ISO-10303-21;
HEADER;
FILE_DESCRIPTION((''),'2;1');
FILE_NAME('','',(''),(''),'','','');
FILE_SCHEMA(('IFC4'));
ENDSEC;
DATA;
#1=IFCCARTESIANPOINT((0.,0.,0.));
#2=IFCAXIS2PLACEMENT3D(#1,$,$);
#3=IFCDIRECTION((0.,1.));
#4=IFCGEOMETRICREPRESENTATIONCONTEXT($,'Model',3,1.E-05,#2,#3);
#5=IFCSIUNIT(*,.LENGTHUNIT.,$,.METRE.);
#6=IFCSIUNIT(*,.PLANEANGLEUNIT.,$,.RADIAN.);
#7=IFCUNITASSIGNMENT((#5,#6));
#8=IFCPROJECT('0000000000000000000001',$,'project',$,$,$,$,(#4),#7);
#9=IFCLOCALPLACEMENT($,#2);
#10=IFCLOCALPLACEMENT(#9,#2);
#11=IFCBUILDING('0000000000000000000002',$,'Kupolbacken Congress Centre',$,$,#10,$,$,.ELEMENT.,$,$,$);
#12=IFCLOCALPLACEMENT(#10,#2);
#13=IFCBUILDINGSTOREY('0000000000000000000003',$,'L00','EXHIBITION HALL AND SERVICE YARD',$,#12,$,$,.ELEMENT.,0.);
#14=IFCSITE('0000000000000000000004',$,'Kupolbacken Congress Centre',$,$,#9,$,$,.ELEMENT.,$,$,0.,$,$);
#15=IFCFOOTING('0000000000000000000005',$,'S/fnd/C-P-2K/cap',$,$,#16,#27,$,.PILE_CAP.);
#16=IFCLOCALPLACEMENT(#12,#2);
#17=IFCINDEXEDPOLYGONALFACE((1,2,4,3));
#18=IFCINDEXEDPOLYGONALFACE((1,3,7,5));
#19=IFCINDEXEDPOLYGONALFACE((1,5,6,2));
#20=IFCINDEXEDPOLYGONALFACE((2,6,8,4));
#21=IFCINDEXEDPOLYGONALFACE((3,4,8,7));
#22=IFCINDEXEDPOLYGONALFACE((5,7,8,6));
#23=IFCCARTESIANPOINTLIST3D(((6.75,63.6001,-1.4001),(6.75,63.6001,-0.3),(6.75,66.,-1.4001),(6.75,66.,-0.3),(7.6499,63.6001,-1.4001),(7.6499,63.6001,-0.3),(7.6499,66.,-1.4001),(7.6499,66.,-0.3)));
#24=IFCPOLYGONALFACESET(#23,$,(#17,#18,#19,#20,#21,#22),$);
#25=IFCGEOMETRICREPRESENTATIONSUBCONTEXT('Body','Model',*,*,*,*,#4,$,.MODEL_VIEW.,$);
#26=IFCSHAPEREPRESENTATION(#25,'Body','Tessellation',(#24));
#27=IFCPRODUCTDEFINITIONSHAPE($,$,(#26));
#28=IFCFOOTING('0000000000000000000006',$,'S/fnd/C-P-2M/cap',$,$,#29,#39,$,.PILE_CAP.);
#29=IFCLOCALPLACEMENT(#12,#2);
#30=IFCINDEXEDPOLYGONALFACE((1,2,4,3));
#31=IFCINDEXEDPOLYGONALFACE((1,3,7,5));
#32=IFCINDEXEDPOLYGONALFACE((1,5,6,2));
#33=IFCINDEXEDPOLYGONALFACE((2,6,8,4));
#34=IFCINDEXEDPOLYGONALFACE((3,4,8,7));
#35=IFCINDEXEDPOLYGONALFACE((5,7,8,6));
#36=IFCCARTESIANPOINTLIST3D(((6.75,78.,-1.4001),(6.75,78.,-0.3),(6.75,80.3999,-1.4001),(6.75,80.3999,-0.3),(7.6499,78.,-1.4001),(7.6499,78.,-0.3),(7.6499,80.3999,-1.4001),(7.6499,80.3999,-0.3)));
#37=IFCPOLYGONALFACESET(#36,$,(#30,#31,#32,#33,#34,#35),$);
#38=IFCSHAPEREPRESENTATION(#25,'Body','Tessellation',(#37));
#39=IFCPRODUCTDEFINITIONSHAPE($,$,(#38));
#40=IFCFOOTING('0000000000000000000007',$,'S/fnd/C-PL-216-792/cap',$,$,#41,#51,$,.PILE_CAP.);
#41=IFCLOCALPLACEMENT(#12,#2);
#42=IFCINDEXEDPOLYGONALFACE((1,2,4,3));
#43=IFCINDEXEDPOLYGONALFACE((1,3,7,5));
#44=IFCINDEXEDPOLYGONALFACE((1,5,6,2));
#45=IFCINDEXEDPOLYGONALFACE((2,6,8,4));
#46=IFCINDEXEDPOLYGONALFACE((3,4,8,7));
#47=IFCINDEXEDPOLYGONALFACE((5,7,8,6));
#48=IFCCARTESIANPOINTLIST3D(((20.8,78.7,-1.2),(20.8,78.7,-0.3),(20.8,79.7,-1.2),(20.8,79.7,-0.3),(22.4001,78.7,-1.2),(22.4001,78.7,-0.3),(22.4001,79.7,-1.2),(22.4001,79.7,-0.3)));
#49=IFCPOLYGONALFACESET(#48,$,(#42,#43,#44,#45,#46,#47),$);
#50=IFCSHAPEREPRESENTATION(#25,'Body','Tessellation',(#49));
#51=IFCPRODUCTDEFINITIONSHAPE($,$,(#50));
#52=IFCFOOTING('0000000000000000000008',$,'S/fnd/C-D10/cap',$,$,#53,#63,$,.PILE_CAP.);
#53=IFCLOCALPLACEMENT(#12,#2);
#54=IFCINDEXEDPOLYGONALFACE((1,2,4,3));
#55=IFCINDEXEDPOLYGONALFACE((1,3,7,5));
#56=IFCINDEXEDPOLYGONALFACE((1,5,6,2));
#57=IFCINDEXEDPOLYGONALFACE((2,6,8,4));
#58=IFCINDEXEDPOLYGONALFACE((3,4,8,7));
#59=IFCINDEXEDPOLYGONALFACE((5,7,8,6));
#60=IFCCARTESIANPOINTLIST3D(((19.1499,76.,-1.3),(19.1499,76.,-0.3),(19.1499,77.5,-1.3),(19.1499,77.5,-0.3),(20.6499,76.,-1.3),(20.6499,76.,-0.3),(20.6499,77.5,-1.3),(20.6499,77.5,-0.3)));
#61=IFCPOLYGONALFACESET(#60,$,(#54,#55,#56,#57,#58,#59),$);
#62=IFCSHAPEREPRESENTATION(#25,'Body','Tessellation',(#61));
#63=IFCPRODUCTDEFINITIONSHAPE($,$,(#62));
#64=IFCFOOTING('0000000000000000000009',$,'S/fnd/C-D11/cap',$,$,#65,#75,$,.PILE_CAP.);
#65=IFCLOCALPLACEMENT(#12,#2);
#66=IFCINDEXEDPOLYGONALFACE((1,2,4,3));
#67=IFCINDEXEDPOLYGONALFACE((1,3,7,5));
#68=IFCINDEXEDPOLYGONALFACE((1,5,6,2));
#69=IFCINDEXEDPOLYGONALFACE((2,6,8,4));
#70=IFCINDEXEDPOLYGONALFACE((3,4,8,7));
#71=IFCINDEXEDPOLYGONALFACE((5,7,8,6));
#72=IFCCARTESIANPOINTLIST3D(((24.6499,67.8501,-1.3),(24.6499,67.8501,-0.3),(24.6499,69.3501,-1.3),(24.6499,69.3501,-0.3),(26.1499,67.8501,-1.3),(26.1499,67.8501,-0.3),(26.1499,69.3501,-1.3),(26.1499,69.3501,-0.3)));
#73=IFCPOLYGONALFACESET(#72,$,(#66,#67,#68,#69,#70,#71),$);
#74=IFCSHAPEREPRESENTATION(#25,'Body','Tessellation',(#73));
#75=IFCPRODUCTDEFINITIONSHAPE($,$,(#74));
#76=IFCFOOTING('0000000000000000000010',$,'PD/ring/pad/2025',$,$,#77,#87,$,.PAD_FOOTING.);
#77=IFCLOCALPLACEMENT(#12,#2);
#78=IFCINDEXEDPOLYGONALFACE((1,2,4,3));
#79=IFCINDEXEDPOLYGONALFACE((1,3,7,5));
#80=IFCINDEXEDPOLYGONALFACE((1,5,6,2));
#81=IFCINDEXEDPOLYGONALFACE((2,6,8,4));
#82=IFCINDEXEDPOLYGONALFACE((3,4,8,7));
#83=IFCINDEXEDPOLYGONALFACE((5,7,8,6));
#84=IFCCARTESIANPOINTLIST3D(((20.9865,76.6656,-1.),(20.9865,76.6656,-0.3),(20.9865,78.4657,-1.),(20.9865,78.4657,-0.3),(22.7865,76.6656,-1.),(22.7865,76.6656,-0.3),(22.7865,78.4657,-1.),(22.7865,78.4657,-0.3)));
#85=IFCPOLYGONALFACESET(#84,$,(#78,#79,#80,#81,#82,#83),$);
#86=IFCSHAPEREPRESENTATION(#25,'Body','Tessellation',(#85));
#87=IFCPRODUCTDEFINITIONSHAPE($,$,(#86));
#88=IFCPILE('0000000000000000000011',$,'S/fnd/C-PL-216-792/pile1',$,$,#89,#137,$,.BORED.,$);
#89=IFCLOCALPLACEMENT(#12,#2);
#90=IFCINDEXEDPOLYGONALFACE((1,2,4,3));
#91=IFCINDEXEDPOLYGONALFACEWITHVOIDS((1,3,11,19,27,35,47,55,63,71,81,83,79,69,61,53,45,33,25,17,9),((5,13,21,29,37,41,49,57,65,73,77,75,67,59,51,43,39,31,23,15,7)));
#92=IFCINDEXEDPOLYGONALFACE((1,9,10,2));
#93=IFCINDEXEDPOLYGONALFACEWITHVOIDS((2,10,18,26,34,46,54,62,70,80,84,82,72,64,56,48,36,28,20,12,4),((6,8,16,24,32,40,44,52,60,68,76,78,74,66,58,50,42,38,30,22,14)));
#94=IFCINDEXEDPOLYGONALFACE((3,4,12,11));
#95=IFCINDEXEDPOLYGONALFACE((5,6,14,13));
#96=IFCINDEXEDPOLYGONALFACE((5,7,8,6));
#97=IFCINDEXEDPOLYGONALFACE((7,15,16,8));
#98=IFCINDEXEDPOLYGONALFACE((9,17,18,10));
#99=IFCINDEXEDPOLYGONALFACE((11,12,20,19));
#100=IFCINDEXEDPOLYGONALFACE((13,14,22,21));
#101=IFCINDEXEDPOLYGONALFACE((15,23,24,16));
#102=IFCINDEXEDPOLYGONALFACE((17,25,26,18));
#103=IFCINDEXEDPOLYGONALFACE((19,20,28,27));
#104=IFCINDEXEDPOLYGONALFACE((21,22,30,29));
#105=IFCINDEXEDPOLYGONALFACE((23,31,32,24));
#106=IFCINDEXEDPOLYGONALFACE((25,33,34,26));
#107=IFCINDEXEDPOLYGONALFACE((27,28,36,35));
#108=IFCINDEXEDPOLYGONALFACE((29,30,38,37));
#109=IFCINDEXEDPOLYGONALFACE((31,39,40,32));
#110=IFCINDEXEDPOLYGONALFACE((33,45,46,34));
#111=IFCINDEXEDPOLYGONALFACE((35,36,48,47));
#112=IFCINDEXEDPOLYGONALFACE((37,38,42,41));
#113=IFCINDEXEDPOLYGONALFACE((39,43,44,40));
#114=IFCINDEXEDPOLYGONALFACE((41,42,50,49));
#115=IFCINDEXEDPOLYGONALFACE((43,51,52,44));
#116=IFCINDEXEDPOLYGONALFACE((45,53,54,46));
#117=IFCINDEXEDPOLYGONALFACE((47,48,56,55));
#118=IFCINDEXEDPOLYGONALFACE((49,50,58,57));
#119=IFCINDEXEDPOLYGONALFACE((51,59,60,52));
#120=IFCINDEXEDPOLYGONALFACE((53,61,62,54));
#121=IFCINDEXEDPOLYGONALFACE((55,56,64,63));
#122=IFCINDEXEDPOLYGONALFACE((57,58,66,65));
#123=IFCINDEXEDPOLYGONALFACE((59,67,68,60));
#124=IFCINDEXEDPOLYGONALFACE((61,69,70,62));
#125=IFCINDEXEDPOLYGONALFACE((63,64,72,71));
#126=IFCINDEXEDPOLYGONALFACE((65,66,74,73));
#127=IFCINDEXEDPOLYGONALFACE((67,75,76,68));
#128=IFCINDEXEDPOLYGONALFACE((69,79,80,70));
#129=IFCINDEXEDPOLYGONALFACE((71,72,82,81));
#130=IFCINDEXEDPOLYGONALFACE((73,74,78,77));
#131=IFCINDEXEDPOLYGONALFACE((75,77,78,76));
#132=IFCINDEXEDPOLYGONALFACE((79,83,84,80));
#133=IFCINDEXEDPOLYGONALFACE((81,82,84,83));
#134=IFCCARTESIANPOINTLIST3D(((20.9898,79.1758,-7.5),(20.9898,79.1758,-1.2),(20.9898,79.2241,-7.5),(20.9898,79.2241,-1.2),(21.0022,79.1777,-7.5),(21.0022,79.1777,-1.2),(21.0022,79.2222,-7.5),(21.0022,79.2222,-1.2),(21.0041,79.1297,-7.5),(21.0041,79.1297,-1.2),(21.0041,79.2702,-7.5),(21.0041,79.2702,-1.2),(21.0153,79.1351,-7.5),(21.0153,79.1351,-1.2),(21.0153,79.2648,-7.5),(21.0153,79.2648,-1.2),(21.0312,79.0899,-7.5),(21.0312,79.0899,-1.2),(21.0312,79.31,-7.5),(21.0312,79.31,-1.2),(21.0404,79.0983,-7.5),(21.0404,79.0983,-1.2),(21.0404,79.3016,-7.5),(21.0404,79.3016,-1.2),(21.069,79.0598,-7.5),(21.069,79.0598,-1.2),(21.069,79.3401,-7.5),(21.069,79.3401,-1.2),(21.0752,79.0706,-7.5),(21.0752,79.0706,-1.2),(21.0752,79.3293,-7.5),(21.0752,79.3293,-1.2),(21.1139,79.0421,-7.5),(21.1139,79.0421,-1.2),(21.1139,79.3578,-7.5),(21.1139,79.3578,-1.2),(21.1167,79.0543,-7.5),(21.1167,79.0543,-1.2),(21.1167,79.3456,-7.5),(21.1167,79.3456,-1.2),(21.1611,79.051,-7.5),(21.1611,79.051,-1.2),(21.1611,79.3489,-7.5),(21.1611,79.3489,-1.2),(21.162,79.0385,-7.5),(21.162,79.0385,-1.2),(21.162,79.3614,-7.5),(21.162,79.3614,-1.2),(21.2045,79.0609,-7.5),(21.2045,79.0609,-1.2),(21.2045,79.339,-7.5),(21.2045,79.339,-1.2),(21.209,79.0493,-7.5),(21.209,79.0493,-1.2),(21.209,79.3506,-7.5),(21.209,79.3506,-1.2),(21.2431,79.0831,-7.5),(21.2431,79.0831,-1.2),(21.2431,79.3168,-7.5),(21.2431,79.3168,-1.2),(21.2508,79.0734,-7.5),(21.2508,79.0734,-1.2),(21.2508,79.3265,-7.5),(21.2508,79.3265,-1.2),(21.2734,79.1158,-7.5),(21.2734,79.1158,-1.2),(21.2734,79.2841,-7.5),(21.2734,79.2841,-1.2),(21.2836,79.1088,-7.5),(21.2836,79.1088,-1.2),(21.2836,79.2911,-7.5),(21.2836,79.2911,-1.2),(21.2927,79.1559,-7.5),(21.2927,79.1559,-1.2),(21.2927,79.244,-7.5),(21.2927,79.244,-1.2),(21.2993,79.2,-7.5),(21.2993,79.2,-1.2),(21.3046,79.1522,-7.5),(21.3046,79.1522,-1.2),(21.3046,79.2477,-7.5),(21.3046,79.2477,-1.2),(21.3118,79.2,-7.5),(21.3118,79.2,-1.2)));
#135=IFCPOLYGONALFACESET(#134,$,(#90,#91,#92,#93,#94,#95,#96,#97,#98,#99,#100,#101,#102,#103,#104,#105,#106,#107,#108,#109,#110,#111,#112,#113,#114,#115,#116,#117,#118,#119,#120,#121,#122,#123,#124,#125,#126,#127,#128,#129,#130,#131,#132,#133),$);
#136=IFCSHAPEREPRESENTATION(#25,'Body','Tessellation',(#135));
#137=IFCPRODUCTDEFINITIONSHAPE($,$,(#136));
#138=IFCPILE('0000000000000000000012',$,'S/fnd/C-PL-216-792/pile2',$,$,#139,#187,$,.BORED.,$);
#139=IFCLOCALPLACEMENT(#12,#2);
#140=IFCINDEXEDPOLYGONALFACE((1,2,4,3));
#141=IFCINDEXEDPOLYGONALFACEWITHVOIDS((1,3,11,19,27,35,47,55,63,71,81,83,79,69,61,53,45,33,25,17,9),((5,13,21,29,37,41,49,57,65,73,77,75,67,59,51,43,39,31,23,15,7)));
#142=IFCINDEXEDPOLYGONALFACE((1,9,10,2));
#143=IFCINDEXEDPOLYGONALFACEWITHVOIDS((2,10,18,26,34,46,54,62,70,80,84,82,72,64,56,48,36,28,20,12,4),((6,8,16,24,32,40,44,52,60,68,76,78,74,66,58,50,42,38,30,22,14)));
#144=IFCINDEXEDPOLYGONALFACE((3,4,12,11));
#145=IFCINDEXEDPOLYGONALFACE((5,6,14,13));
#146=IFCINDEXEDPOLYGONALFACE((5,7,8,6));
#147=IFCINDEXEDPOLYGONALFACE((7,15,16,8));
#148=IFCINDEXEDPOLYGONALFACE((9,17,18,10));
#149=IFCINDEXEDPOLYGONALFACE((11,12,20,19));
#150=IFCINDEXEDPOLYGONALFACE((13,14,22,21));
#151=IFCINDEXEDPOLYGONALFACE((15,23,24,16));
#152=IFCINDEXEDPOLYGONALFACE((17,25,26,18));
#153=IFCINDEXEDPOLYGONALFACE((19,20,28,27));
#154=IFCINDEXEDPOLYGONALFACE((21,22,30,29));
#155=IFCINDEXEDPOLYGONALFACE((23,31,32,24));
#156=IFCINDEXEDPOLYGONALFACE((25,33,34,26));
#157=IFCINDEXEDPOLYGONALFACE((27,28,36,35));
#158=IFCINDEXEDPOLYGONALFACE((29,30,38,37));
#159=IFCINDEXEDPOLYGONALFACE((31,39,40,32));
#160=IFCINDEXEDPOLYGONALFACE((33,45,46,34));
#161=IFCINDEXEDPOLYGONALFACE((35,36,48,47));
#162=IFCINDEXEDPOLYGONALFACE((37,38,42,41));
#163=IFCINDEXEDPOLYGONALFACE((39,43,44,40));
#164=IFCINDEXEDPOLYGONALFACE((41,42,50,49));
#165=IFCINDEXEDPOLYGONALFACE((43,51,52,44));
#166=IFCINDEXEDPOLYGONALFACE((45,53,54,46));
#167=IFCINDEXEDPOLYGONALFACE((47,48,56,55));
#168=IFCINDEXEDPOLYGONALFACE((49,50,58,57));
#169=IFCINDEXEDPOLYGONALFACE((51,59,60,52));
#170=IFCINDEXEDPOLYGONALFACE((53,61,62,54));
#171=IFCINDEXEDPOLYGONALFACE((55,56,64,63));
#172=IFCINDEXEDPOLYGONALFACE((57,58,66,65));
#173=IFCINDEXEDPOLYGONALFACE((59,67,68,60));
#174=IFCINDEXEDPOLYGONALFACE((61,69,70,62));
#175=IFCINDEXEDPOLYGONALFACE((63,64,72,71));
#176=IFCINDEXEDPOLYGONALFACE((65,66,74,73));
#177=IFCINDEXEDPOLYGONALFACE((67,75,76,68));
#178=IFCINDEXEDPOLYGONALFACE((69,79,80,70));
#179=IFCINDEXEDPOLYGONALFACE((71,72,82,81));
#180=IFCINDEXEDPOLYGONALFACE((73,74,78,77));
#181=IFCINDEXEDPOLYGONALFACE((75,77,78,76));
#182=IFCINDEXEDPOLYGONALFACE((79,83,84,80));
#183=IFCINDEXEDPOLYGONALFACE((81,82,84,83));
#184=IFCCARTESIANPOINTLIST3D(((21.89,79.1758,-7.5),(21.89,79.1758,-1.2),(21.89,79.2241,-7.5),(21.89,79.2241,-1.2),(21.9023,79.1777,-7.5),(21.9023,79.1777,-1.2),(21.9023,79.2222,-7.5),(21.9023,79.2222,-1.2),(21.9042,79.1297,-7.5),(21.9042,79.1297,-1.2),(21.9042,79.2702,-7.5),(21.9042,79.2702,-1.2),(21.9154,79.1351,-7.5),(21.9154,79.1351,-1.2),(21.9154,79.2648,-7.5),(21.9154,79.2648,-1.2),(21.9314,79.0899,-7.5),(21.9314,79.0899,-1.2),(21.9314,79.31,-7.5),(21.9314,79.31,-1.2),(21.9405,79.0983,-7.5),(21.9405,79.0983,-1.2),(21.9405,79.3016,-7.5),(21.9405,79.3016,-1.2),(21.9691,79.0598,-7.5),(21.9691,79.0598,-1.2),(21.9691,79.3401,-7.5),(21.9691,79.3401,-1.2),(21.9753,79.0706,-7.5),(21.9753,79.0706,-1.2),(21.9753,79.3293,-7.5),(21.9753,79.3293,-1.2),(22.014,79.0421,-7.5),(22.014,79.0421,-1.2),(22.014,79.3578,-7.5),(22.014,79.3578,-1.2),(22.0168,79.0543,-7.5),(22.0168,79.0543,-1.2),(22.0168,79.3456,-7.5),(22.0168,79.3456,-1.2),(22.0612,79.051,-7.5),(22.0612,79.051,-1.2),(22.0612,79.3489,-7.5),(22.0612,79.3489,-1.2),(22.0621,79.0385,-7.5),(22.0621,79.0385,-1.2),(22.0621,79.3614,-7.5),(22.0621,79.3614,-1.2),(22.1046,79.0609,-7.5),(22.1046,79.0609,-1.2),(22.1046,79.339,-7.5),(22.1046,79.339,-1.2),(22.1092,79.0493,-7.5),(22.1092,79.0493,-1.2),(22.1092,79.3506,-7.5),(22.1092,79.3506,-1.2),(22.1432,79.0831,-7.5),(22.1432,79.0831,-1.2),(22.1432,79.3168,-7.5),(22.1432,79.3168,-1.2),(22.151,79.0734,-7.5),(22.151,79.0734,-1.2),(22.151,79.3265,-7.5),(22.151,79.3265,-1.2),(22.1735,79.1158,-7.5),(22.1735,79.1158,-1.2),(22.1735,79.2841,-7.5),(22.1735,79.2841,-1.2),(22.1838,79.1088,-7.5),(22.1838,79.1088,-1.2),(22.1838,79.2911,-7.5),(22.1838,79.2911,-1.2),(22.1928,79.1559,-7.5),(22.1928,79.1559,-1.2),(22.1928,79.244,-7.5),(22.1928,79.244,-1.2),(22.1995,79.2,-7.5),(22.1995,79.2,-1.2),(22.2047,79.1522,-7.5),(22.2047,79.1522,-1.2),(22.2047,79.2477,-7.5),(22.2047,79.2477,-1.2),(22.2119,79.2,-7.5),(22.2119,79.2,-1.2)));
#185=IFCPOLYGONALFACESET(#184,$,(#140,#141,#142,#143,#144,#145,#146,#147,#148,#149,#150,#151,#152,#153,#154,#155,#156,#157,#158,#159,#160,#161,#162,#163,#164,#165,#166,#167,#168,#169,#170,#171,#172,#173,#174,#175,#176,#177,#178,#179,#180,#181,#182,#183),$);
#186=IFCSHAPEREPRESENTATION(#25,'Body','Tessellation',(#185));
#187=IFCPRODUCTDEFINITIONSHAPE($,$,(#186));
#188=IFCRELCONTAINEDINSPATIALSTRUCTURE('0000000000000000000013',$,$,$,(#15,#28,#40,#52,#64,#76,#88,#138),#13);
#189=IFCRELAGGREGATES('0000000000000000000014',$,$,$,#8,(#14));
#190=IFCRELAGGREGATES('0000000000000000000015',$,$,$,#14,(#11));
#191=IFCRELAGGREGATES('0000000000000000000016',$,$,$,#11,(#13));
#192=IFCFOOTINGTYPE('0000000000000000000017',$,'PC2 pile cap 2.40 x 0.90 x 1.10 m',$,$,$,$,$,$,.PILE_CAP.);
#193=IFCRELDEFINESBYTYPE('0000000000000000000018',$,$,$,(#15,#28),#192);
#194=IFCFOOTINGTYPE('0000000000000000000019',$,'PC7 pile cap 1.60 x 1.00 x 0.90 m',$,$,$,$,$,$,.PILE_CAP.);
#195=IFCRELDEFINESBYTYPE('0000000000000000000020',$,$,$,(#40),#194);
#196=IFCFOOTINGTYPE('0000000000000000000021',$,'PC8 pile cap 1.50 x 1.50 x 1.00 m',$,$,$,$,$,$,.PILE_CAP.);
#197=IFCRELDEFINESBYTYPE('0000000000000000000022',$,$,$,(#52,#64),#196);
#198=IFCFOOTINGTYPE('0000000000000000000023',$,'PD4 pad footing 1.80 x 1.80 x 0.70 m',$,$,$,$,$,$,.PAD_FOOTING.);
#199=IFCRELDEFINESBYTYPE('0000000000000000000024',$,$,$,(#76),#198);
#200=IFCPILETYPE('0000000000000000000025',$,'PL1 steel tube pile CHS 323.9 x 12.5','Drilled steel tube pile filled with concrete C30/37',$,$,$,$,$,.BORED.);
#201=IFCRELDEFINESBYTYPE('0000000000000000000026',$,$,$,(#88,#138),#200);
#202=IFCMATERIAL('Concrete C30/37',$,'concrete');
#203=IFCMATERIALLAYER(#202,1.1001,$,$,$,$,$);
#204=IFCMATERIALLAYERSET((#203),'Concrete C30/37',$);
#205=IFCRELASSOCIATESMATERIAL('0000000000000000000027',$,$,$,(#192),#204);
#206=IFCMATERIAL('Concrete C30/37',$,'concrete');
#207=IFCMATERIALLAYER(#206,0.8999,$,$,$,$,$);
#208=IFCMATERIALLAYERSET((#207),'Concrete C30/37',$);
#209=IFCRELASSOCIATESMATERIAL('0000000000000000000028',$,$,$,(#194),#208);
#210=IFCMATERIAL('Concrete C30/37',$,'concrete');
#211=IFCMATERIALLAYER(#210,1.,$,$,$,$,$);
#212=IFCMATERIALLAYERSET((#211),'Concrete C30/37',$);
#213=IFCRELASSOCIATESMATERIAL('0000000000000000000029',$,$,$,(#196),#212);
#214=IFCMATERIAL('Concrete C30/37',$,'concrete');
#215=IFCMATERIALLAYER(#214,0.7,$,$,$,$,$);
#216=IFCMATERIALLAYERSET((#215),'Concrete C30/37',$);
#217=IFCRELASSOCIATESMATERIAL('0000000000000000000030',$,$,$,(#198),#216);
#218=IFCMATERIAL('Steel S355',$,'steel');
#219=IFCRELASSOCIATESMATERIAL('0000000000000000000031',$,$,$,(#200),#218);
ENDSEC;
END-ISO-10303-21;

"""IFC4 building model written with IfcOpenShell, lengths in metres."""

from ifc_helpers import new_model, si_unit, direction, frame, origin, origin_2d, place, context, subcontext, project, spatial, rectangle, hollow_circle, extrude, material, layer, layer_set, material_profile, profile_set, type_object, element, save


model = new_model("IFC4")

# Units and contexts
model_context = context("Model", 3, precision=1e-05, world=origin(), true_north=direction((0.0, 1.0)))
body_context = subcontext(model_context, "Body", "Model", "MODEL_VIEW")
ifc_project = project(units=[si_unit("LENGTHUNIT", "METRE"), si_unit("PLANEANGLEUNIT", "RADIAN")], contexts=[model_context])

# Site, building, storey
site_placement = place(None, origin())
site = spatial("IfcSite", under=ifc_project, at=site_placement, Name="Kupolbacken Congress Centre", CompositionType="ELEMENT", RefElevation=0.0)
building_placement = place(site_placement, origin())
building = spatial("IfcBuilding", under=site, at=building_placement, Name="Kupolbacken Congress Centre", CompositionType="ELEMENT")
storey_placement = place(building_placement, origin())
storey = spatial("IfcBuildingStorey", under=building, at=storey_placement, Name="L00", Description="EXHIBITION HALL AND SERVICE YARD", CompositionType="ELEMENT", Elevation=0.0)

# Footings
ifc_material_1 = material(Name="Concrete C30/37", Category="concrete")
ifc_layer_1 = layer(ifc_material_1, 1.1001)
ifc_layer_set_1 = layer_set([ifc_layer_1], Name="Concrete C30/37")
footing_type_1 = type_object("IfcFootingType", Name="PC2 pile cap 2.40 x 0.90 x 1.10 m", PredefinedType="PILE_CAP", material=ifc_layer_set_1)
for number, where, z_axis, x_axis, name in (
    (1, (7.2, 64.8, -1.4001), (0.0, 0.0, 1.0), (1.0, 0.0, 0.0), "S/fnd/C-P-2K/cap"),
    (2, (7.2, 79.2, -1.4001), (0.0, 0.0, 1.0), (1.0, 0.0, 0.0), "S/fnd/C-P-2M/cap"),
):
    element("IfcFooting", number, at=place(storey_placement, frame(where, z_axis=z_axis, x_axis=x_axis)), inside=storey, type_object=footing_type_1, Name=name, PredefinedType="PILE_CAP", context=body_context, shape_type="SweptSolid", body=[
        extrude(rectangle(XDim=0.8999, YDim=2.3999, at=origin_2d()), origin(), (0.0, 0.0, 1.0), 1.1001),
    ])
ifc_material_2 = material(Name="Concrete C30/37", Category="concrete")
ifc_layer_2 = layer(ifc_material_2, 0.8999)
ifc_layer_set_2 = layer_set([ifc_layer_2], Name="Concrete C30/37")
footing_type_2 = type_object("IfcFootingType", Name="PC7 pile cap 1.60 x 1.00 x 0.90 m", PredefinedType="PILE_CAP", material=ifc_layer_set_2)
footing_1_placement = place(storey_placement, frame((21.6001, 79.2, -1.2), z_axis=(0.0, 0.0, 1.0), x_axis=(1.0, 0.0, 0.0)))
element("IfcFooting", 3, at=footing_1_placement, inside=storey, type_object=footing_type_2, Name="S/fnd/C-PL-216-792/cap", PredefinedType="PILE_CAP", context=body_context, shape_type="SweptSolid", body=[
    extrude(rectangle(XDim=1.6001, YDim=1.0, at=origin_2d()), origin(), (0.0, 0.0, 1.0), 0.8999),
])
ifc_material_3 = material(Name="Concrete C30/37", Category="concrete")
ifc_layer_3 = layer(ifc_material_3, 1.0)
ifc_layer_set_3 = layer_set([ifc_layer_3], Name="Concrete C30/37")
footing_type_3 = type_object("IfcFootingType", Name="PC8 pile cap 1.50 x 1.50 x 1.00 m", PredefinedType="PILE_CAP", material=ifc_layer_set_3)
for number, where, z_axis, x_axis, name in (
    (4, (19.8999, 76.75, -1.3), (0.0, 0.0, 1.0), (1.0, 0.0, 0.0), "S/fnd/C-D10/cap"),
    (5, (25.3999, 68.6001, -1.3), (0.0, 0.0, 1.0), (1.0, 0.0, 0.0), "S/fnd/C-D11/cap"),
):
    element("IfcFooting", number, at=place(storey_placement, frame(where, z_axis=z_axis, x_axis=x_axis)), inside=storey, type_object=footing_type_3, Name=name, PredefinedType="PILE_CAP", context=body_context, shape_type="SweptSolid", body=[
        extrude(rectangle(XDim=1.5, YDim=1.5, at=origin_2d()), origin(), (0.0, 0.0, 1.0), 1.0),
    ])
ifc_material_4 = material(Name="Concrete C30/37", Category="concrete")
ifc_layer_4 = layer(ifc_material_4, 0.7)
ifc_layer_set_4 = layer_set([ifc_layer_4], Name="Concrete C30/37")
footing_type_4 = type_object("IfcFootingType", Name="PD4 pad footing 1.80 x 1.80 x 0.70 m", PredefinedType="PAD_FOOTING", material=ifc_layer_set_4)
footing_2_placement = place(storey_placement, frame((21.8865, 77.5657, -1.0), z_axis=(0.0, 0.0, 1.0), x_axis=(1.0, 0.0, 0.0)))
element("IfcFooting", 6, at=footing_2_placement, inside=storey, type_object=footing_type_4, Name="PD/ring/pad/2025", PredefinedType="PAD_FOOTING", context=body_context, shape_type="SweptSolid", body=[
    extrude(rectangle(XDim=1.8, YDim=1.8, at=origin_2d()), origin(), (0.0, 0.0, 1.0), 0.7),
])

# Piles
ifc_material_5 = material(Name="Steel S355", Category="steel")
ifc_material_profile_1 = material_profile(ifc_material_5, hollow_circle(Radius=0.1619, WallThickness=0.0125, at=origin_2d()), Name="CHS 323.9 x 12.5")
ifc_profile_set_1 = profile_set([ifc_material_profile_1], Name="Steel S355")
pile_type_1 = type_object("IfcPileType", Name="PL1 steel tube pile CHS 323.9 x 12.5", Description="Drilled steel tube pile filled with concrete C30/37", PredefinedType="BORED", material=ifc_profile_set_1)
for number, where, z_axis, x_axis, name in (
    (7, (21.1499, 79.2, -1.2), (0.0, 0.0, -1.0), (1.0, 0.0, 0.0), "S/fnd/C-PL-216-792/pile1"),
    (8, (22.05, 79.2, -1.2), (0.0, 0.0, -1.0), (1.0, 0.0, 0.0), "S/fnd/C-PL-216-792/pile2"),
):
    element("IfcPile", number, at=place(storey_placement, frame(where, z_axis=z_axis, x_axis=x_axis)), inside=storey, type_object=pile_type_1, Name=name, PredefinedType="BORED", context=body_context, shape_type="SweptSolid", body=[
        extrude(hollow_circle(Radius=0.1619, WallThickness=0.0125, at=origin_2d()), origin(), (0.0, 0.0, 1.0), 6.3),
    ])

save(model, "model.ifc")
